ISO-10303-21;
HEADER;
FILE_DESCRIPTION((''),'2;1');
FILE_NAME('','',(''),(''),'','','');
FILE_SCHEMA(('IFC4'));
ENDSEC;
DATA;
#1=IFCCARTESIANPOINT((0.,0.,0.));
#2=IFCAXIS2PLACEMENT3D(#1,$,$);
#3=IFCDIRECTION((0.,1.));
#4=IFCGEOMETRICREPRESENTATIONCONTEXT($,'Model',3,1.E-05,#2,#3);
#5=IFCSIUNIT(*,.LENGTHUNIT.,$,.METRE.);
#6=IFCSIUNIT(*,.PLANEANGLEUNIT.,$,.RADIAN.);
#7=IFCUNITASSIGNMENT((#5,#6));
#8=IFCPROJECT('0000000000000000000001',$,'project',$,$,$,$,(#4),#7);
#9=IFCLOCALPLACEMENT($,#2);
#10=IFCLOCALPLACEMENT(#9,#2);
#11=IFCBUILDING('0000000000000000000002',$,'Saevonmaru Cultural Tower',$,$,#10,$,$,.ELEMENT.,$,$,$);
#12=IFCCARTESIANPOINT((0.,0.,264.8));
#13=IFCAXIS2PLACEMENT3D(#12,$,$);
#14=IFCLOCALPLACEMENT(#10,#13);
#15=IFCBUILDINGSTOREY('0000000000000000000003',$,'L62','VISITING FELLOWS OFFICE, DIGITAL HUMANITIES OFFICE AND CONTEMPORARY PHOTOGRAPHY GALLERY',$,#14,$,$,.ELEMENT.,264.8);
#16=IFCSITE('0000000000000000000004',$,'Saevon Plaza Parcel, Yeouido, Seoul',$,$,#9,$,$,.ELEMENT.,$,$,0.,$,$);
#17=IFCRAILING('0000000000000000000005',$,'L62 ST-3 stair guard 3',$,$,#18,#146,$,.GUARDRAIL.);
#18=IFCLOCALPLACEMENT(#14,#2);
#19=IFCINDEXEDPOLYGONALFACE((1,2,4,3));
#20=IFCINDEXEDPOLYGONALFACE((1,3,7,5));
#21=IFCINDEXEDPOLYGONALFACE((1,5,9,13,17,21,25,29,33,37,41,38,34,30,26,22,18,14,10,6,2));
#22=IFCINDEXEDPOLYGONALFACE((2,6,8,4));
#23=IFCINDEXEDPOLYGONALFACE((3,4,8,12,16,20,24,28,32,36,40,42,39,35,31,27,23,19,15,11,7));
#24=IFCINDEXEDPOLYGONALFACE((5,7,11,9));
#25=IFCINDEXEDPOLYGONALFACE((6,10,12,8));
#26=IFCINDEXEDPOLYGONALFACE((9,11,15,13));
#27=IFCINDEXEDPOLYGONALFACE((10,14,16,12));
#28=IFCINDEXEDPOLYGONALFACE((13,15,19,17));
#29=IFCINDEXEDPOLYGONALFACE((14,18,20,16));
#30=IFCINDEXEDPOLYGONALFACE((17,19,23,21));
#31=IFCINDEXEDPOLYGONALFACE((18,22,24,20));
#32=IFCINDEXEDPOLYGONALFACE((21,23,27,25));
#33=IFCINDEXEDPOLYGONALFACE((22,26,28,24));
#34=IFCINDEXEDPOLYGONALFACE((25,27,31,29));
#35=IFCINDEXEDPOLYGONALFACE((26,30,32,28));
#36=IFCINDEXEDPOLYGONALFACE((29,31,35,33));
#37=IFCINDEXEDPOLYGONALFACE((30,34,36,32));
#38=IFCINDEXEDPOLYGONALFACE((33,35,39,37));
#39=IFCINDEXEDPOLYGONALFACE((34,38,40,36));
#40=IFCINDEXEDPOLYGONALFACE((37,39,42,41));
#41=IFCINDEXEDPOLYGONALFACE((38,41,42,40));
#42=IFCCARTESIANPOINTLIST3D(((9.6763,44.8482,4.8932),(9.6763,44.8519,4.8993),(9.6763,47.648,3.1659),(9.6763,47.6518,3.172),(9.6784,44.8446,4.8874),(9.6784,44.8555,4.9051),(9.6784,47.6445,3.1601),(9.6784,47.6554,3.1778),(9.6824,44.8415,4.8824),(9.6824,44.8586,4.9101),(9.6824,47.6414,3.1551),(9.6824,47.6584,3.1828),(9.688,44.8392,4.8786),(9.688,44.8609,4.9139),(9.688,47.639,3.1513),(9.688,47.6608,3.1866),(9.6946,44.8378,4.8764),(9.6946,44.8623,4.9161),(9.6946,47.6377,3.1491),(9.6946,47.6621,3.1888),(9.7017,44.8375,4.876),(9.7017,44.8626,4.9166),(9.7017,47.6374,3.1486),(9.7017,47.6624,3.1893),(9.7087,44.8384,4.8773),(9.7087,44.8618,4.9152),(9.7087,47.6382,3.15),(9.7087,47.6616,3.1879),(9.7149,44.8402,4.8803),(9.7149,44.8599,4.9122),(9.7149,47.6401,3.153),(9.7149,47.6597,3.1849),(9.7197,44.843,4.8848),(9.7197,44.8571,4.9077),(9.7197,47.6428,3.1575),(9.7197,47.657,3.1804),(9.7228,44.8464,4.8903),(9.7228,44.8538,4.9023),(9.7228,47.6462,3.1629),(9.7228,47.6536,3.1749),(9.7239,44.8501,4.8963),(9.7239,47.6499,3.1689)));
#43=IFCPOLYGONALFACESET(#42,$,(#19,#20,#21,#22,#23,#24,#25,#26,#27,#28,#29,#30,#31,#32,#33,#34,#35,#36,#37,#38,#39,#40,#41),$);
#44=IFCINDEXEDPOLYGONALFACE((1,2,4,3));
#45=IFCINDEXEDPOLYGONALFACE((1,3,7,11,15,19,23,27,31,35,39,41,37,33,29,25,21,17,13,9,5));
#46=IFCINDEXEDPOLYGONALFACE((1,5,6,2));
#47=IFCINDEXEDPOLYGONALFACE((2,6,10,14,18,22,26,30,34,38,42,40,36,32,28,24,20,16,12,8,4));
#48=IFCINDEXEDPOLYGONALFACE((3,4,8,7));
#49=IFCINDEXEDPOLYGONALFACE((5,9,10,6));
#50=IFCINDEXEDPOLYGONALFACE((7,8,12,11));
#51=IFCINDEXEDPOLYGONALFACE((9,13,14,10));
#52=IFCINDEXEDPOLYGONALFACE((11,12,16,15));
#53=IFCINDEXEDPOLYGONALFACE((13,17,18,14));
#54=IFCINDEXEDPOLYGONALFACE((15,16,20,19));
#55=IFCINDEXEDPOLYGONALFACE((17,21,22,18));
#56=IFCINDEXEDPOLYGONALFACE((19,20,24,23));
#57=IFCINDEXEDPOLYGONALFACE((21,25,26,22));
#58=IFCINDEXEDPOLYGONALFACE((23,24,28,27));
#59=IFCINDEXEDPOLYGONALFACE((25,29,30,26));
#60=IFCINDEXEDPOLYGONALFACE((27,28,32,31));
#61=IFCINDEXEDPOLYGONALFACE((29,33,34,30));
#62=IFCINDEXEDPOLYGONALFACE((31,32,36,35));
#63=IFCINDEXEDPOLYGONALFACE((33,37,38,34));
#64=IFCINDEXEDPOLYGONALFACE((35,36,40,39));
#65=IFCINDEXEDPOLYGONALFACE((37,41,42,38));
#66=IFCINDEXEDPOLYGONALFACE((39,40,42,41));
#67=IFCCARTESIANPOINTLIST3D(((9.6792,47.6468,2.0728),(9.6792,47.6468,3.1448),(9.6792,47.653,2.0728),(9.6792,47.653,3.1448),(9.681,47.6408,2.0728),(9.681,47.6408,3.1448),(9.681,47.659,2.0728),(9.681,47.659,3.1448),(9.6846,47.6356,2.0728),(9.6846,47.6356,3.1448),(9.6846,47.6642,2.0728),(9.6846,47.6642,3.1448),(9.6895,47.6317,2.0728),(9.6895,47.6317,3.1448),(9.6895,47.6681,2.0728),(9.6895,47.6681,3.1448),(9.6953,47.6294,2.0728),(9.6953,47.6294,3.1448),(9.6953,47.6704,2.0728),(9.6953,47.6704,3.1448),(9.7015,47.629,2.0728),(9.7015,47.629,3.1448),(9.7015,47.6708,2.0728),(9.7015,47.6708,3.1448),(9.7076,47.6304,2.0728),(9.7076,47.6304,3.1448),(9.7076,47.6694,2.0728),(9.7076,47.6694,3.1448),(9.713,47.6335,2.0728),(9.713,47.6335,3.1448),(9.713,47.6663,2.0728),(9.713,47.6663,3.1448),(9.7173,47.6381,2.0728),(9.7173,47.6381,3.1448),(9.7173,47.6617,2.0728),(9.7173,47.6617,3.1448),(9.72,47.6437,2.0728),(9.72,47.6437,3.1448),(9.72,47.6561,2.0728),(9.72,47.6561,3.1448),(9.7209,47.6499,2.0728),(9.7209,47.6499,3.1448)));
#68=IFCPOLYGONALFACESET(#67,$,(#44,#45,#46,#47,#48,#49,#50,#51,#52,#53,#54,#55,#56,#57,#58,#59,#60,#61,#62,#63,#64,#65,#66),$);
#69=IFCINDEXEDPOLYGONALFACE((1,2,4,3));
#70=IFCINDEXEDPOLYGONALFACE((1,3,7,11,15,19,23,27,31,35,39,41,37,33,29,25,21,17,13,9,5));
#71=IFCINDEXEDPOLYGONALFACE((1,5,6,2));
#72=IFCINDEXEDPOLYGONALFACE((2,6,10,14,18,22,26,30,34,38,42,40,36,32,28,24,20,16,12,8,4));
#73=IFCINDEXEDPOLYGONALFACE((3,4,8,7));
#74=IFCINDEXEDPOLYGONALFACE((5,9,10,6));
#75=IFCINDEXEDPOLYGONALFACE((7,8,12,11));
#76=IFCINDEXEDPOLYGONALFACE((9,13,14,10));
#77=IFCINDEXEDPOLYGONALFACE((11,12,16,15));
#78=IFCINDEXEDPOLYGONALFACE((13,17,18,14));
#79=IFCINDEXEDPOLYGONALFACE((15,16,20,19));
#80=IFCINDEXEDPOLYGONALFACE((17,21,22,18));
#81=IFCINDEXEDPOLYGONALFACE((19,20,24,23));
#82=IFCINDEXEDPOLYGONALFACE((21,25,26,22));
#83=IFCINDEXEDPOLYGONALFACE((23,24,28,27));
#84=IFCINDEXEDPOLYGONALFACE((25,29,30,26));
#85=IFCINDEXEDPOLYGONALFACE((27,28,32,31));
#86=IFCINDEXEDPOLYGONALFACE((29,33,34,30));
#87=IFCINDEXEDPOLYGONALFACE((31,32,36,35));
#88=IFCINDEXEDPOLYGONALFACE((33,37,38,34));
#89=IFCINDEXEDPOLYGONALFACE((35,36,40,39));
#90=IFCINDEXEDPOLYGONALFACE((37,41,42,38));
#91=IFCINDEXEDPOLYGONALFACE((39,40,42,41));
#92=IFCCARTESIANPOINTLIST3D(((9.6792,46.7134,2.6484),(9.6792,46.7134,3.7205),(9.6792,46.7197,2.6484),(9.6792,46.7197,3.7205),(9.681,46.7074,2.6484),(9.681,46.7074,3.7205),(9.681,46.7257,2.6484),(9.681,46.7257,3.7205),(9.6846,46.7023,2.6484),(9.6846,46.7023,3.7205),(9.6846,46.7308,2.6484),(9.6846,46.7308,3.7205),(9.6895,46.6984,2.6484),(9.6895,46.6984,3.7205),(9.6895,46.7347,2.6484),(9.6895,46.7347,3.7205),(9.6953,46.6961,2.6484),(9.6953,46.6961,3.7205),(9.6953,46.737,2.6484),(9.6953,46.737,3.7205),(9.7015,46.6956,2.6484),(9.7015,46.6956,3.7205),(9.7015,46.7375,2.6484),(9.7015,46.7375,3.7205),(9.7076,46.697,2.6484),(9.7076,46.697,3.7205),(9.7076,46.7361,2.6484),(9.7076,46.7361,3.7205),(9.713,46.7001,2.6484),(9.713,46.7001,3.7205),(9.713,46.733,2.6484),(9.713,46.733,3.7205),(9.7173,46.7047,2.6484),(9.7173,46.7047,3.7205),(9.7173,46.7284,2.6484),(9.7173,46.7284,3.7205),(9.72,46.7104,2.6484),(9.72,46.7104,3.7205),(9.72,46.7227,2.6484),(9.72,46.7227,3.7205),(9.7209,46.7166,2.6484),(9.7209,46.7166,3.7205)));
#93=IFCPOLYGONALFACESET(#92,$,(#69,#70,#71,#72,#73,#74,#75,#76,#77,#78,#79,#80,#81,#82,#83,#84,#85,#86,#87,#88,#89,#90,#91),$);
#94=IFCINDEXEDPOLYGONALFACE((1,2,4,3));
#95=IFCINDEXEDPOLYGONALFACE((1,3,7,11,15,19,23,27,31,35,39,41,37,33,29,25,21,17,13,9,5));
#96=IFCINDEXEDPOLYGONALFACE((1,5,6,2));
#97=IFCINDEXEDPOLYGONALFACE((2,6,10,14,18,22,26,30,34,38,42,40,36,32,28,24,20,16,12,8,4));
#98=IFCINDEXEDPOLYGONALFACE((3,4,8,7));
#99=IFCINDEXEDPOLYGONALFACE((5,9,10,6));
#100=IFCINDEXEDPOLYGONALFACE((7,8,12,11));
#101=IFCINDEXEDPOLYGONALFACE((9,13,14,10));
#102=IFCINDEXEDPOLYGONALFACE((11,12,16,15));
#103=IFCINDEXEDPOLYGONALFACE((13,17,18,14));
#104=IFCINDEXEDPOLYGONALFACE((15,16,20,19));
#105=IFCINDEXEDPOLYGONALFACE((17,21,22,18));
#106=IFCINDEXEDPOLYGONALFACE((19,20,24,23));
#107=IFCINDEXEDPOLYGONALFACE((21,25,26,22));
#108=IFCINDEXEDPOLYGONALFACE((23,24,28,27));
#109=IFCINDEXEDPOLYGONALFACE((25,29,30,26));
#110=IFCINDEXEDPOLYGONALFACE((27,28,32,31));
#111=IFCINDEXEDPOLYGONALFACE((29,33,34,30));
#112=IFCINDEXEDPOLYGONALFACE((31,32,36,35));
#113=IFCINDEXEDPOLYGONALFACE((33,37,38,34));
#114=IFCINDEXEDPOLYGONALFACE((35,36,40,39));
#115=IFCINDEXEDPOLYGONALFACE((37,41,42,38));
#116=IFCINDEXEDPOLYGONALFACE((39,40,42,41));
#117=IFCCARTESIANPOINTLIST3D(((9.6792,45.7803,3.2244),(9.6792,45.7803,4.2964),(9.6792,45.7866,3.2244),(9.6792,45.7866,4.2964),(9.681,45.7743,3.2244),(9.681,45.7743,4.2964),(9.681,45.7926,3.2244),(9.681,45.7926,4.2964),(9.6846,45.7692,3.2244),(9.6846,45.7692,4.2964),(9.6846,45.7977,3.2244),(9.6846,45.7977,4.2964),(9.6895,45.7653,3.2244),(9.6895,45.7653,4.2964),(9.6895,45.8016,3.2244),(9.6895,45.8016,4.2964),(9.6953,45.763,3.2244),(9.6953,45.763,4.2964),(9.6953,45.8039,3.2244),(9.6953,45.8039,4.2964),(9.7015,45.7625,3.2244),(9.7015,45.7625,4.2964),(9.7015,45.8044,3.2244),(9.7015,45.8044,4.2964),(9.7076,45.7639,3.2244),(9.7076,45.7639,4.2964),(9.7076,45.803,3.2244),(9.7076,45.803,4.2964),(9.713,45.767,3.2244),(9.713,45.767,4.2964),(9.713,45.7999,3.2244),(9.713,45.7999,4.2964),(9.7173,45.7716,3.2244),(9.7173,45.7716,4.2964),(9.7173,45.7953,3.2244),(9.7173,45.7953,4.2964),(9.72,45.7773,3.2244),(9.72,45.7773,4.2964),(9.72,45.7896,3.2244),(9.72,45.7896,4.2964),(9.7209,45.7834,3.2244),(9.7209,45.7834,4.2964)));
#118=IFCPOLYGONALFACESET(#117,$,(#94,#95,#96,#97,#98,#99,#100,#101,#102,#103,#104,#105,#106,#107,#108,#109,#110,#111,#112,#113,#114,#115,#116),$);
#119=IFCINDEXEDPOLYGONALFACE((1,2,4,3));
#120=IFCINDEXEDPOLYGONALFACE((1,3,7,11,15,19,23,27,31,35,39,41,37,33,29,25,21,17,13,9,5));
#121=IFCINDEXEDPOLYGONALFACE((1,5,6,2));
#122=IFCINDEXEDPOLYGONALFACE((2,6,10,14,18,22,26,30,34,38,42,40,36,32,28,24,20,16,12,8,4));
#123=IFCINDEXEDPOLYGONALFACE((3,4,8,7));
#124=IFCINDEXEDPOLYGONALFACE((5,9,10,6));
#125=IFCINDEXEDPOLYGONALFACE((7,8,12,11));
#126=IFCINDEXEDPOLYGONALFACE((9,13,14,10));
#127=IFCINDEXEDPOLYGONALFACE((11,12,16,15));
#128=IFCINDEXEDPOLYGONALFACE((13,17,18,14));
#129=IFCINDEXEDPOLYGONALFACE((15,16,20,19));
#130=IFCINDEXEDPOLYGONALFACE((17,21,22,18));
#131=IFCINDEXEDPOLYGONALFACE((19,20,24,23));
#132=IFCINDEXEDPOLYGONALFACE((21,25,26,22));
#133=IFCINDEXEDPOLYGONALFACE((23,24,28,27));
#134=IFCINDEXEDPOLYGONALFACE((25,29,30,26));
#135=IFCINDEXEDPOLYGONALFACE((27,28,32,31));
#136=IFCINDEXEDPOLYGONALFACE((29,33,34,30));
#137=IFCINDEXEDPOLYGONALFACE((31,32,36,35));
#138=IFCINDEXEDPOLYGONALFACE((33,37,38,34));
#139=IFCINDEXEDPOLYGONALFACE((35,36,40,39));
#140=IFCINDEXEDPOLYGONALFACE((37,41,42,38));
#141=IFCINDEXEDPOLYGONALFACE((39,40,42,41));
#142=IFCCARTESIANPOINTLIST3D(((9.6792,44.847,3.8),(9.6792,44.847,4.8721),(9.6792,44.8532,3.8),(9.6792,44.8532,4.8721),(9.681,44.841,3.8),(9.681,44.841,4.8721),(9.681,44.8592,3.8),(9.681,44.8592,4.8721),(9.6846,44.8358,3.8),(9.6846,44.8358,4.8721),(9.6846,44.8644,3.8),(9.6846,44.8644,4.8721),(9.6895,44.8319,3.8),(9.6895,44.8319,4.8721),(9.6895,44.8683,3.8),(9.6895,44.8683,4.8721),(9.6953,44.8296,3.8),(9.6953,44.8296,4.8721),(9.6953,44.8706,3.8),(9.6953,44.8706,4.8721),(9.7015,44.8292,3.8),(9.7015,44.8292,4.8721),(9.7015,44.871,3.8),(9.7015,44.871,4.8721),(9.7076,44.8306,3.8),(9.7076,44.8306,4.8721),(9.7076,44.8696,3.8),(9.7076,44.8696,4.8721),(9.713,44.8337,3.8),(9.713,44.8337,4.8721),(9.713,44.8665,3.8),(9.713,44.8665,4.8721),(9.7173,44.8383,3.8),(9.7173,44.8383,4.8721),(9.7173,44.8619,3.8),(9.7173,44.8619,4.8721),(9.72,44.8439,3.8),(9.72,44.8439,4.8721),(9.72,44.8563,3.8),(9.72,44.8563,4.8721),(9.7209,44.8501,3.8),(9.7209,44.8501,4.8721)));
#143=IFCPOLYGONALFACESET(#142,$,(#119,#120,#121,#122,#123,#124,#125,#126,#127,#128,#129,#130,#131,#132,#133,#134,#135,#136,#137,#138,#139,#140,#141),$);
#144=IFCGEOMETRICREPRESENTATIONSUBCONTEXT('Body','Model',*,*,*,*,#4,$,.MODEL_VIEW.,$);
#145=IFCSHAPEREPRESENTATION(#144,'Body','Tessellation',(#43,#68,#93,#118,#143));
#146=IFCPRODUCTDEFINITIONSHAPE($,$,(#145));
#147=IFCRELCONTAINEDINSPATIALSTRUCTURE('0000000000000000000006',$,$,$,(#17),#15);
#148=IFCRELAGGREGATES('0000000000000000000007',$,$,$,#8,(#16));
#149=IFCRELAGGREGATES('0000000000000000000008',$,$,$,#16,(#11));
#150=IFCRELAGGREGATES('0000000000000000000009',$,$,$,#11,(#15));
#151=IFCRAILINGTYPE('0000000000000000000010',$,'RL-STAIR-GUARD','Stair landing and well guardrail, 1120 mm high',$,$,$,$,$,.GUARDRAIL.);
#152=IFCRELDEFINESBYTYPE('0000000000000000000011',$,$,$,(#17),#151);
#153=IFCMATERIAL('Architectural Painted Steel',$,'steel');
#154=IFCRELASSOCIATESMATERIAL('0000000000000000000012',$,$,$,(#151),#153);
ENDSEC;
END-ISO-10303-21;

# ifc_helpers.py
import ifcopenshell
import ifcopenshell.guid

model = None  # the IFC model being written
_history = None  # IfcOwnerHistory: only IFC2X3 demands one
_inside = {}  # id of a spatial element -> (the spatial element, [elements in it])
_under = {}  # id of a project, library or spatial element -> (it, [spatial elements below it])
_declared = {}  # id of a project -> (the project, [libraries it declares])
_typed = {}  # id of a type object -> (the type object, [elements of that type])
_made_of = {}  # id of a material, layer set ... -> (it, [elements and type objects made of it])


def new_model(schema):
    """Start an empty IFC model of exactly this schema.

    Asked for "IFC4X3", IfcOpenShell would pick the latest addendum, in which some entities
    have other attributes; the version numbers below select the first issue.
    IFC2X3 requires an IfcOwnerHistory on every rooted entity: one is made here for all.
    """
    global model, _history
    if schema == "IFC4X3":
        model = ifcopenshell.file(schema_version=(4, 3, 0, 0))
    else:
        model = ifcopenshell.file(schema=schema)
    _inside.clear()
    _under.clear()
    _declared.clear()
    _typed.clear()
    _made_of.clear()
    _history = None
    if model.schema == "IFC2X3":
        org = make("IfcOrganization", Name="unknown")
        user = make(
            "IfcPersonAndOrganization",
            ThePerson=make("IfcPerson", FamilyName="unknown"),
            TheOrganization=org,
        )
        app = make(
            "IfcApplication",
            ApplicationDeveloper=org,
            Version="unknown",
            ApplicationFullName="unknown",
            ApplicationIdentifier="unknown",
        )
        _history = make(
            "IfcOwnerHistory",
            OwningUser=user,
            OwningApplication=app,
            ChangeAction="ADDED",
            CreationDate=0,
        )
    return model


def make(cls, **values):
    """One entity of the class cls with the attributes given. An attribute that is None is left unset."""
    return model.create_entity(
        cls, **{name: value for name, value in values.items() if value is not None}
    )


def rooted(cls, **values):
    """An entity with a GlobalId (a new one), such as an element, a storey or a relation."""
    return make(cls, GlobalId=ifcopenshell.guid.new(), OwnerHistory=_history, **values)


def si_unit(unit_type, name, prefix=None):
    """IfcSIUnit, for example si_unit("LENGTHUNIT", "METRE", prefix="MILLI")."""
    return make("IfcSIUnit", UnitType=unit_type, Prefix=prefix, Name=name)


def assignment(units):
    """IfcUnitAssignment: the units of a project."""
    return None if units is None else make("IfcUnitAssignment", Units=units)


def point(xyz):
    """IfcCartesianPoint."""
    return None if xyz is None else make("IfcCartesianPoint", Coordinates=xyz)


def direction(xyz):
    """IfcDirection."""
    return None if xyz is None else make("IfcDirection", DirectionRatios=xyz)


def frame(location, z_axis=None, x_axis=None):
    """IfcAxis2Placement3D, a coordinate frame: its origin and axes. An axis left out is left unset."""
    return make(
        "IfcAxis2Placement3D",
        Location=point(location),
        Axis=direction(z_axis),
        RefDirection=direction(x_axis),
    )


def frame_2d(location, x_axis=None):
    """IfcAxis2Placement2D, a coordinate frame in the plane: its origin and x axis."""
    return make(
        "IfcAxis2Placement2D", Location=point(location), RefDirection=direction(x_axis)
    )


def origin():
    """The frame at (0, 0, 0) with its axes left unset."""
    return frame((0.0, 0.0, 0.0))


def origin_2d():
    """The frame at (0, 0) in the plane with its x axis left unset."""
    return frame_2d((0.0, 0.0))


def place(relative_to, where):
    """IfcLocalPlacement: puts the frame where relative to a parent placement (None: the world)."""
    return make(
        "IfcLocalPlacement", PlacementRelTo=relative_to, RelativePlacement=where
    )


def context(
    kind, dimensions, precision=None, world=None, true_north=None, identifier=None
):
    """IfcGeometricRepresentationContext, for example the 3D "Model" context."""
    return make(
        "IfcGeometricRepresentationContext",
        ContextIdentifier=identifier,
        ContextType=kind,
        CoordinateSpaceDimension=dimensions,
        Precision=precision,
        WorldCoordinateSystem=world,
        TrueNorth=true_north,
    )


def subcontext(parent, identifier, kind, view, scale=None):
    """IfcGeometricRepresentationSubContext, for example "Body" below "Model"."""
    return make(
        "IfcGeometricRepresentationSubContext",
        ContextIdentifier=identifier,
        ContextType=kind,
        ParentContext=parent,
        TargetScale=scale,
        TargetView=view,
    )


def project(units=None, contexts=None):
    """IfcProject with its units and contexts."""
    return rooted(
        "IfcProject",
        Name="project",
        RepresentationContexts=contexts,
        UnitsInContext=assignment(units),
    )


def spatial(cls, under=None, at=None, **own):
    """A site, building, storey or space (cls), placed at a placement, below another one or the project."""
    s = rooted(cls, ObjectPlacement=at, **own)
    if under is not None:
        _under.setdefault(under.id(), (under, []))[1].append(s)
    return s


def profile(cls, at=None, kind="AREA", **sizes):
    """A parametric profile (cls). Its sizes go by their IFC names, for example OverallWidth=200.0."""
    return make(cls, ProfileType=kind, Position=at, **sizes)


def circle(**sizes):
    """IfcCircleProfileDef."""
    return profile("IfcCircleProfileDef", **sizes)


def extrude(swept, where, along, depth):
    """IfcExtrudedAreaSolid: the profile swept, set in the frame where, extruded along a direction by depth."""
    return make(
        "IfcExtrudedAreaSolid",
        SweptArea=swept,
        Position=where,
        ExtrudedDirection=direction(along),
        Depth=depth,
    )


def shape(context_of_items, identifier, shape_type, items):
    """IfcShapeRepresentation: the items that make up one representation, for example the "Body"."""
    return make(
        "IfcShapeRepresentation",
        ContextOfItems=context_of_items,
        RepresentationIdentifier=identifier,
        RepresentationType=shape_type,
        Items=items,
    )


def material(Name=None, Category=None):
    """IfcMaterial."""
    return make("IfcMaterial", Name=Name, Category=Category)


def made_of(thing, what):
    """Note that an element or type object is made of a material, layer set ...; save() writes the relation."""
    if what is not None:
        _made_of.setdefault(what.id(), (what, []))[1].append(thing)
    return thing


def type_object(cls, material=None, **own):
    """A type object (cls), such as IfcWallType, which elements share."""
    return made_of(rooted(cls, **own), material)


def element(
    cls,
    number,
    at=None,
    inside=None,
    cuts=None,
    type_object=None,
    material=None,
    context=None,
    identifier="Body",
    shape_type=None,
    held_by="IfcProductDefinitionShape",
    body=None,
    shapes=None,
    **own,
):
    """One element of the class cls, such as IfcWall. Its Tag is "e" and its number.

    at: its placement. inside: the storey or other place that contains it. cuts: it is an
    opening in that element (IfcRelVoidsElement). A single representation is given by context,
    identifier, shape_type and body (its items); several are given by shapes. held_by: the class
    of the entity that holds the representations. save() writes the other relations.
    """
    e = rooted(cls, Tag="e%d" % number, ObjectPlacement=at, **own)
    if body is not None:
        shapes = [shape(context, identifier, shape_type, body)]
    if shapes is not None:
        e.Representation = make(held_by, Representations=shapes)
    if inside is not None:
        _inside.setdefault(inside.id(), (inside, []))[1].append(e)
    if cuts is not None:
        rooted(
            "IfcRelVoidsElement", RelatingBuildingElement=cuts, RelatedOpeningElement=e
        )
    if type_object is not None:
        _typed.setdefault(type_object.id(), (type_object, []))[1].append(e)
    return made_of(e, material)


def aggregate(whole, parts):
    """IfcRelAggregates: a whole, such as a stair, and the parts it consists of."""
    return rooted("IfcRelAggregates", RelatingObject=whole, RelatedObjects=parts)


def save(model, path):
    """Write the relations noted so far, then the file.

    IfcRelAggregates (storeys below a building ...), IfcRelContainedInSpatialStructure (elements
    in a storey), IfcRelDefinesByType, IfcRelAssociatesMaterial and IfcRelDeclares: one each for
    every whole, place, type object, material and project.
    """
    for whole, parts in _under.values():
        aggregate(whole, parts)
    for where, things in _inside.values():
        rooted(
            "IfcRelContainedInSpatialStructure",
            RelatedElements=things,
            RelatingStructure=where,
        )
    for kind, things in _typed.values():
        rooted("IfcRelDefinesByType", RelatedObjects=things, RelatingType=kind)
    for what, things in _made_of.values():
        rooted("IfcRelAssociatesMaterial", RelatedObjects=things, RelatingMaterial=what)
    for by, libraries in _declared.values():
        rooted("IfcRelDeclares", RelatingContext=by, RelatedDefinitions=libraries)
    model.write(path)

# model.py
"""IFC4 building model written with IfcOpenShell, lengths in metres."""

from ifc_helpers import new_model, si_unit, direction, frame, origin, origin_2d, place, context, subcontext, project, spatial, circle, extrude, material, type_object, element, save


model = new_model("IFC4")

# Units and contexts
model_context = context("Model", 3, precision=1e-05, world=origin(), true_north=direction((0.0, 1.0)))
body_context = subcontext(model_context, "Body", "Model", "MODEL_VIEW")
ifc_project = project(units=[si_unit("LENGTHUNIT", "METRE"), si_unit("PLANEANGLEUNIT", "RADIAN")], contexts=[model_context])

# Site, building, storey
site_placement = place(None, origin())
site = spatial("IfcSite", under=ifc_project, at=site_placement, Name="Saevon Plaza Parcel, Yeouido, Seoul", CompositionType="ELEMENT", RefElevation=0.0)
building_placement = place(site_placement, origin())
building = spatial("IfcBuilding", under=site, at=building_placement, Name="Saevonmaru Cultural Tower", CompositionType="ELEMENT")
storey_placement = place(building_placement, frame((0.0, 0.0, 264.8)))
storey = spatial("IfcBuildingStorey", under=building, at=storey_placement, Name="L62", Description="VISITING FELLOWS OFFICE, DIGITAL HUMANITIES OFFICE AND CONTEMPORARY PHOTOGRAPHY GALLERY", CompositionType="ELEMENT", Elevation=264.8)

# Railing
ifc_material_1 = material(Name="Architectural Painted Steel", Category="steel")
railing_type_1 = type_object("IfcRailingType", Name="RL-STAIR-GUARD", Description="Stair landing and well guardrail, 1120 mm high", PredefinedType="GUARDRAIL", material=ifc_material_1)
railing_1_placement = place(storey_placement, frame((9.7, 47.6499, 2.0728)))
element("IfcRailing", 1, at=railing_1_placement, inside=storey, type_object=railing_type_1, Name="L62 ST-3 stair guard 3", PredefinedType="GUARDRAIL", context=body_context, shape_type="SweptSolid", body=[
    extrude(circle(Radius=0.0239, at=origin_2d()), frame((0.0, 0.0, 1.0962), z_axis=(0.0, -0.851069, 0.525054), x_axis=(1.0, 0.0, 0.0)), (0.0, 0.0, 1.0), 3.2898),
    extrude(circle(Radius=0.021, at=origin_2d()), origin(), (0.0, 0.0, 1.0), 1.072),
    extrude(circle(Radius=0.021, at=origin_2d()), frame((0.0, -0.9333, 0.5757)), (0.0, 0.0, 1.0), 1.072),
    extrude(circle(Radius=0.021, at=origin_2d()), frame((0.0, -1.8665, 1.1516)), (0.0, 0.0, 1.0), 1.072),
    extrude(circle(Radius=0.021, at=origin_2d()), frame((0.0, -2.7998, 1.7273)), (0.0, 0.0, 1.0), 1.072),
])

save(model, "model.ifc")
